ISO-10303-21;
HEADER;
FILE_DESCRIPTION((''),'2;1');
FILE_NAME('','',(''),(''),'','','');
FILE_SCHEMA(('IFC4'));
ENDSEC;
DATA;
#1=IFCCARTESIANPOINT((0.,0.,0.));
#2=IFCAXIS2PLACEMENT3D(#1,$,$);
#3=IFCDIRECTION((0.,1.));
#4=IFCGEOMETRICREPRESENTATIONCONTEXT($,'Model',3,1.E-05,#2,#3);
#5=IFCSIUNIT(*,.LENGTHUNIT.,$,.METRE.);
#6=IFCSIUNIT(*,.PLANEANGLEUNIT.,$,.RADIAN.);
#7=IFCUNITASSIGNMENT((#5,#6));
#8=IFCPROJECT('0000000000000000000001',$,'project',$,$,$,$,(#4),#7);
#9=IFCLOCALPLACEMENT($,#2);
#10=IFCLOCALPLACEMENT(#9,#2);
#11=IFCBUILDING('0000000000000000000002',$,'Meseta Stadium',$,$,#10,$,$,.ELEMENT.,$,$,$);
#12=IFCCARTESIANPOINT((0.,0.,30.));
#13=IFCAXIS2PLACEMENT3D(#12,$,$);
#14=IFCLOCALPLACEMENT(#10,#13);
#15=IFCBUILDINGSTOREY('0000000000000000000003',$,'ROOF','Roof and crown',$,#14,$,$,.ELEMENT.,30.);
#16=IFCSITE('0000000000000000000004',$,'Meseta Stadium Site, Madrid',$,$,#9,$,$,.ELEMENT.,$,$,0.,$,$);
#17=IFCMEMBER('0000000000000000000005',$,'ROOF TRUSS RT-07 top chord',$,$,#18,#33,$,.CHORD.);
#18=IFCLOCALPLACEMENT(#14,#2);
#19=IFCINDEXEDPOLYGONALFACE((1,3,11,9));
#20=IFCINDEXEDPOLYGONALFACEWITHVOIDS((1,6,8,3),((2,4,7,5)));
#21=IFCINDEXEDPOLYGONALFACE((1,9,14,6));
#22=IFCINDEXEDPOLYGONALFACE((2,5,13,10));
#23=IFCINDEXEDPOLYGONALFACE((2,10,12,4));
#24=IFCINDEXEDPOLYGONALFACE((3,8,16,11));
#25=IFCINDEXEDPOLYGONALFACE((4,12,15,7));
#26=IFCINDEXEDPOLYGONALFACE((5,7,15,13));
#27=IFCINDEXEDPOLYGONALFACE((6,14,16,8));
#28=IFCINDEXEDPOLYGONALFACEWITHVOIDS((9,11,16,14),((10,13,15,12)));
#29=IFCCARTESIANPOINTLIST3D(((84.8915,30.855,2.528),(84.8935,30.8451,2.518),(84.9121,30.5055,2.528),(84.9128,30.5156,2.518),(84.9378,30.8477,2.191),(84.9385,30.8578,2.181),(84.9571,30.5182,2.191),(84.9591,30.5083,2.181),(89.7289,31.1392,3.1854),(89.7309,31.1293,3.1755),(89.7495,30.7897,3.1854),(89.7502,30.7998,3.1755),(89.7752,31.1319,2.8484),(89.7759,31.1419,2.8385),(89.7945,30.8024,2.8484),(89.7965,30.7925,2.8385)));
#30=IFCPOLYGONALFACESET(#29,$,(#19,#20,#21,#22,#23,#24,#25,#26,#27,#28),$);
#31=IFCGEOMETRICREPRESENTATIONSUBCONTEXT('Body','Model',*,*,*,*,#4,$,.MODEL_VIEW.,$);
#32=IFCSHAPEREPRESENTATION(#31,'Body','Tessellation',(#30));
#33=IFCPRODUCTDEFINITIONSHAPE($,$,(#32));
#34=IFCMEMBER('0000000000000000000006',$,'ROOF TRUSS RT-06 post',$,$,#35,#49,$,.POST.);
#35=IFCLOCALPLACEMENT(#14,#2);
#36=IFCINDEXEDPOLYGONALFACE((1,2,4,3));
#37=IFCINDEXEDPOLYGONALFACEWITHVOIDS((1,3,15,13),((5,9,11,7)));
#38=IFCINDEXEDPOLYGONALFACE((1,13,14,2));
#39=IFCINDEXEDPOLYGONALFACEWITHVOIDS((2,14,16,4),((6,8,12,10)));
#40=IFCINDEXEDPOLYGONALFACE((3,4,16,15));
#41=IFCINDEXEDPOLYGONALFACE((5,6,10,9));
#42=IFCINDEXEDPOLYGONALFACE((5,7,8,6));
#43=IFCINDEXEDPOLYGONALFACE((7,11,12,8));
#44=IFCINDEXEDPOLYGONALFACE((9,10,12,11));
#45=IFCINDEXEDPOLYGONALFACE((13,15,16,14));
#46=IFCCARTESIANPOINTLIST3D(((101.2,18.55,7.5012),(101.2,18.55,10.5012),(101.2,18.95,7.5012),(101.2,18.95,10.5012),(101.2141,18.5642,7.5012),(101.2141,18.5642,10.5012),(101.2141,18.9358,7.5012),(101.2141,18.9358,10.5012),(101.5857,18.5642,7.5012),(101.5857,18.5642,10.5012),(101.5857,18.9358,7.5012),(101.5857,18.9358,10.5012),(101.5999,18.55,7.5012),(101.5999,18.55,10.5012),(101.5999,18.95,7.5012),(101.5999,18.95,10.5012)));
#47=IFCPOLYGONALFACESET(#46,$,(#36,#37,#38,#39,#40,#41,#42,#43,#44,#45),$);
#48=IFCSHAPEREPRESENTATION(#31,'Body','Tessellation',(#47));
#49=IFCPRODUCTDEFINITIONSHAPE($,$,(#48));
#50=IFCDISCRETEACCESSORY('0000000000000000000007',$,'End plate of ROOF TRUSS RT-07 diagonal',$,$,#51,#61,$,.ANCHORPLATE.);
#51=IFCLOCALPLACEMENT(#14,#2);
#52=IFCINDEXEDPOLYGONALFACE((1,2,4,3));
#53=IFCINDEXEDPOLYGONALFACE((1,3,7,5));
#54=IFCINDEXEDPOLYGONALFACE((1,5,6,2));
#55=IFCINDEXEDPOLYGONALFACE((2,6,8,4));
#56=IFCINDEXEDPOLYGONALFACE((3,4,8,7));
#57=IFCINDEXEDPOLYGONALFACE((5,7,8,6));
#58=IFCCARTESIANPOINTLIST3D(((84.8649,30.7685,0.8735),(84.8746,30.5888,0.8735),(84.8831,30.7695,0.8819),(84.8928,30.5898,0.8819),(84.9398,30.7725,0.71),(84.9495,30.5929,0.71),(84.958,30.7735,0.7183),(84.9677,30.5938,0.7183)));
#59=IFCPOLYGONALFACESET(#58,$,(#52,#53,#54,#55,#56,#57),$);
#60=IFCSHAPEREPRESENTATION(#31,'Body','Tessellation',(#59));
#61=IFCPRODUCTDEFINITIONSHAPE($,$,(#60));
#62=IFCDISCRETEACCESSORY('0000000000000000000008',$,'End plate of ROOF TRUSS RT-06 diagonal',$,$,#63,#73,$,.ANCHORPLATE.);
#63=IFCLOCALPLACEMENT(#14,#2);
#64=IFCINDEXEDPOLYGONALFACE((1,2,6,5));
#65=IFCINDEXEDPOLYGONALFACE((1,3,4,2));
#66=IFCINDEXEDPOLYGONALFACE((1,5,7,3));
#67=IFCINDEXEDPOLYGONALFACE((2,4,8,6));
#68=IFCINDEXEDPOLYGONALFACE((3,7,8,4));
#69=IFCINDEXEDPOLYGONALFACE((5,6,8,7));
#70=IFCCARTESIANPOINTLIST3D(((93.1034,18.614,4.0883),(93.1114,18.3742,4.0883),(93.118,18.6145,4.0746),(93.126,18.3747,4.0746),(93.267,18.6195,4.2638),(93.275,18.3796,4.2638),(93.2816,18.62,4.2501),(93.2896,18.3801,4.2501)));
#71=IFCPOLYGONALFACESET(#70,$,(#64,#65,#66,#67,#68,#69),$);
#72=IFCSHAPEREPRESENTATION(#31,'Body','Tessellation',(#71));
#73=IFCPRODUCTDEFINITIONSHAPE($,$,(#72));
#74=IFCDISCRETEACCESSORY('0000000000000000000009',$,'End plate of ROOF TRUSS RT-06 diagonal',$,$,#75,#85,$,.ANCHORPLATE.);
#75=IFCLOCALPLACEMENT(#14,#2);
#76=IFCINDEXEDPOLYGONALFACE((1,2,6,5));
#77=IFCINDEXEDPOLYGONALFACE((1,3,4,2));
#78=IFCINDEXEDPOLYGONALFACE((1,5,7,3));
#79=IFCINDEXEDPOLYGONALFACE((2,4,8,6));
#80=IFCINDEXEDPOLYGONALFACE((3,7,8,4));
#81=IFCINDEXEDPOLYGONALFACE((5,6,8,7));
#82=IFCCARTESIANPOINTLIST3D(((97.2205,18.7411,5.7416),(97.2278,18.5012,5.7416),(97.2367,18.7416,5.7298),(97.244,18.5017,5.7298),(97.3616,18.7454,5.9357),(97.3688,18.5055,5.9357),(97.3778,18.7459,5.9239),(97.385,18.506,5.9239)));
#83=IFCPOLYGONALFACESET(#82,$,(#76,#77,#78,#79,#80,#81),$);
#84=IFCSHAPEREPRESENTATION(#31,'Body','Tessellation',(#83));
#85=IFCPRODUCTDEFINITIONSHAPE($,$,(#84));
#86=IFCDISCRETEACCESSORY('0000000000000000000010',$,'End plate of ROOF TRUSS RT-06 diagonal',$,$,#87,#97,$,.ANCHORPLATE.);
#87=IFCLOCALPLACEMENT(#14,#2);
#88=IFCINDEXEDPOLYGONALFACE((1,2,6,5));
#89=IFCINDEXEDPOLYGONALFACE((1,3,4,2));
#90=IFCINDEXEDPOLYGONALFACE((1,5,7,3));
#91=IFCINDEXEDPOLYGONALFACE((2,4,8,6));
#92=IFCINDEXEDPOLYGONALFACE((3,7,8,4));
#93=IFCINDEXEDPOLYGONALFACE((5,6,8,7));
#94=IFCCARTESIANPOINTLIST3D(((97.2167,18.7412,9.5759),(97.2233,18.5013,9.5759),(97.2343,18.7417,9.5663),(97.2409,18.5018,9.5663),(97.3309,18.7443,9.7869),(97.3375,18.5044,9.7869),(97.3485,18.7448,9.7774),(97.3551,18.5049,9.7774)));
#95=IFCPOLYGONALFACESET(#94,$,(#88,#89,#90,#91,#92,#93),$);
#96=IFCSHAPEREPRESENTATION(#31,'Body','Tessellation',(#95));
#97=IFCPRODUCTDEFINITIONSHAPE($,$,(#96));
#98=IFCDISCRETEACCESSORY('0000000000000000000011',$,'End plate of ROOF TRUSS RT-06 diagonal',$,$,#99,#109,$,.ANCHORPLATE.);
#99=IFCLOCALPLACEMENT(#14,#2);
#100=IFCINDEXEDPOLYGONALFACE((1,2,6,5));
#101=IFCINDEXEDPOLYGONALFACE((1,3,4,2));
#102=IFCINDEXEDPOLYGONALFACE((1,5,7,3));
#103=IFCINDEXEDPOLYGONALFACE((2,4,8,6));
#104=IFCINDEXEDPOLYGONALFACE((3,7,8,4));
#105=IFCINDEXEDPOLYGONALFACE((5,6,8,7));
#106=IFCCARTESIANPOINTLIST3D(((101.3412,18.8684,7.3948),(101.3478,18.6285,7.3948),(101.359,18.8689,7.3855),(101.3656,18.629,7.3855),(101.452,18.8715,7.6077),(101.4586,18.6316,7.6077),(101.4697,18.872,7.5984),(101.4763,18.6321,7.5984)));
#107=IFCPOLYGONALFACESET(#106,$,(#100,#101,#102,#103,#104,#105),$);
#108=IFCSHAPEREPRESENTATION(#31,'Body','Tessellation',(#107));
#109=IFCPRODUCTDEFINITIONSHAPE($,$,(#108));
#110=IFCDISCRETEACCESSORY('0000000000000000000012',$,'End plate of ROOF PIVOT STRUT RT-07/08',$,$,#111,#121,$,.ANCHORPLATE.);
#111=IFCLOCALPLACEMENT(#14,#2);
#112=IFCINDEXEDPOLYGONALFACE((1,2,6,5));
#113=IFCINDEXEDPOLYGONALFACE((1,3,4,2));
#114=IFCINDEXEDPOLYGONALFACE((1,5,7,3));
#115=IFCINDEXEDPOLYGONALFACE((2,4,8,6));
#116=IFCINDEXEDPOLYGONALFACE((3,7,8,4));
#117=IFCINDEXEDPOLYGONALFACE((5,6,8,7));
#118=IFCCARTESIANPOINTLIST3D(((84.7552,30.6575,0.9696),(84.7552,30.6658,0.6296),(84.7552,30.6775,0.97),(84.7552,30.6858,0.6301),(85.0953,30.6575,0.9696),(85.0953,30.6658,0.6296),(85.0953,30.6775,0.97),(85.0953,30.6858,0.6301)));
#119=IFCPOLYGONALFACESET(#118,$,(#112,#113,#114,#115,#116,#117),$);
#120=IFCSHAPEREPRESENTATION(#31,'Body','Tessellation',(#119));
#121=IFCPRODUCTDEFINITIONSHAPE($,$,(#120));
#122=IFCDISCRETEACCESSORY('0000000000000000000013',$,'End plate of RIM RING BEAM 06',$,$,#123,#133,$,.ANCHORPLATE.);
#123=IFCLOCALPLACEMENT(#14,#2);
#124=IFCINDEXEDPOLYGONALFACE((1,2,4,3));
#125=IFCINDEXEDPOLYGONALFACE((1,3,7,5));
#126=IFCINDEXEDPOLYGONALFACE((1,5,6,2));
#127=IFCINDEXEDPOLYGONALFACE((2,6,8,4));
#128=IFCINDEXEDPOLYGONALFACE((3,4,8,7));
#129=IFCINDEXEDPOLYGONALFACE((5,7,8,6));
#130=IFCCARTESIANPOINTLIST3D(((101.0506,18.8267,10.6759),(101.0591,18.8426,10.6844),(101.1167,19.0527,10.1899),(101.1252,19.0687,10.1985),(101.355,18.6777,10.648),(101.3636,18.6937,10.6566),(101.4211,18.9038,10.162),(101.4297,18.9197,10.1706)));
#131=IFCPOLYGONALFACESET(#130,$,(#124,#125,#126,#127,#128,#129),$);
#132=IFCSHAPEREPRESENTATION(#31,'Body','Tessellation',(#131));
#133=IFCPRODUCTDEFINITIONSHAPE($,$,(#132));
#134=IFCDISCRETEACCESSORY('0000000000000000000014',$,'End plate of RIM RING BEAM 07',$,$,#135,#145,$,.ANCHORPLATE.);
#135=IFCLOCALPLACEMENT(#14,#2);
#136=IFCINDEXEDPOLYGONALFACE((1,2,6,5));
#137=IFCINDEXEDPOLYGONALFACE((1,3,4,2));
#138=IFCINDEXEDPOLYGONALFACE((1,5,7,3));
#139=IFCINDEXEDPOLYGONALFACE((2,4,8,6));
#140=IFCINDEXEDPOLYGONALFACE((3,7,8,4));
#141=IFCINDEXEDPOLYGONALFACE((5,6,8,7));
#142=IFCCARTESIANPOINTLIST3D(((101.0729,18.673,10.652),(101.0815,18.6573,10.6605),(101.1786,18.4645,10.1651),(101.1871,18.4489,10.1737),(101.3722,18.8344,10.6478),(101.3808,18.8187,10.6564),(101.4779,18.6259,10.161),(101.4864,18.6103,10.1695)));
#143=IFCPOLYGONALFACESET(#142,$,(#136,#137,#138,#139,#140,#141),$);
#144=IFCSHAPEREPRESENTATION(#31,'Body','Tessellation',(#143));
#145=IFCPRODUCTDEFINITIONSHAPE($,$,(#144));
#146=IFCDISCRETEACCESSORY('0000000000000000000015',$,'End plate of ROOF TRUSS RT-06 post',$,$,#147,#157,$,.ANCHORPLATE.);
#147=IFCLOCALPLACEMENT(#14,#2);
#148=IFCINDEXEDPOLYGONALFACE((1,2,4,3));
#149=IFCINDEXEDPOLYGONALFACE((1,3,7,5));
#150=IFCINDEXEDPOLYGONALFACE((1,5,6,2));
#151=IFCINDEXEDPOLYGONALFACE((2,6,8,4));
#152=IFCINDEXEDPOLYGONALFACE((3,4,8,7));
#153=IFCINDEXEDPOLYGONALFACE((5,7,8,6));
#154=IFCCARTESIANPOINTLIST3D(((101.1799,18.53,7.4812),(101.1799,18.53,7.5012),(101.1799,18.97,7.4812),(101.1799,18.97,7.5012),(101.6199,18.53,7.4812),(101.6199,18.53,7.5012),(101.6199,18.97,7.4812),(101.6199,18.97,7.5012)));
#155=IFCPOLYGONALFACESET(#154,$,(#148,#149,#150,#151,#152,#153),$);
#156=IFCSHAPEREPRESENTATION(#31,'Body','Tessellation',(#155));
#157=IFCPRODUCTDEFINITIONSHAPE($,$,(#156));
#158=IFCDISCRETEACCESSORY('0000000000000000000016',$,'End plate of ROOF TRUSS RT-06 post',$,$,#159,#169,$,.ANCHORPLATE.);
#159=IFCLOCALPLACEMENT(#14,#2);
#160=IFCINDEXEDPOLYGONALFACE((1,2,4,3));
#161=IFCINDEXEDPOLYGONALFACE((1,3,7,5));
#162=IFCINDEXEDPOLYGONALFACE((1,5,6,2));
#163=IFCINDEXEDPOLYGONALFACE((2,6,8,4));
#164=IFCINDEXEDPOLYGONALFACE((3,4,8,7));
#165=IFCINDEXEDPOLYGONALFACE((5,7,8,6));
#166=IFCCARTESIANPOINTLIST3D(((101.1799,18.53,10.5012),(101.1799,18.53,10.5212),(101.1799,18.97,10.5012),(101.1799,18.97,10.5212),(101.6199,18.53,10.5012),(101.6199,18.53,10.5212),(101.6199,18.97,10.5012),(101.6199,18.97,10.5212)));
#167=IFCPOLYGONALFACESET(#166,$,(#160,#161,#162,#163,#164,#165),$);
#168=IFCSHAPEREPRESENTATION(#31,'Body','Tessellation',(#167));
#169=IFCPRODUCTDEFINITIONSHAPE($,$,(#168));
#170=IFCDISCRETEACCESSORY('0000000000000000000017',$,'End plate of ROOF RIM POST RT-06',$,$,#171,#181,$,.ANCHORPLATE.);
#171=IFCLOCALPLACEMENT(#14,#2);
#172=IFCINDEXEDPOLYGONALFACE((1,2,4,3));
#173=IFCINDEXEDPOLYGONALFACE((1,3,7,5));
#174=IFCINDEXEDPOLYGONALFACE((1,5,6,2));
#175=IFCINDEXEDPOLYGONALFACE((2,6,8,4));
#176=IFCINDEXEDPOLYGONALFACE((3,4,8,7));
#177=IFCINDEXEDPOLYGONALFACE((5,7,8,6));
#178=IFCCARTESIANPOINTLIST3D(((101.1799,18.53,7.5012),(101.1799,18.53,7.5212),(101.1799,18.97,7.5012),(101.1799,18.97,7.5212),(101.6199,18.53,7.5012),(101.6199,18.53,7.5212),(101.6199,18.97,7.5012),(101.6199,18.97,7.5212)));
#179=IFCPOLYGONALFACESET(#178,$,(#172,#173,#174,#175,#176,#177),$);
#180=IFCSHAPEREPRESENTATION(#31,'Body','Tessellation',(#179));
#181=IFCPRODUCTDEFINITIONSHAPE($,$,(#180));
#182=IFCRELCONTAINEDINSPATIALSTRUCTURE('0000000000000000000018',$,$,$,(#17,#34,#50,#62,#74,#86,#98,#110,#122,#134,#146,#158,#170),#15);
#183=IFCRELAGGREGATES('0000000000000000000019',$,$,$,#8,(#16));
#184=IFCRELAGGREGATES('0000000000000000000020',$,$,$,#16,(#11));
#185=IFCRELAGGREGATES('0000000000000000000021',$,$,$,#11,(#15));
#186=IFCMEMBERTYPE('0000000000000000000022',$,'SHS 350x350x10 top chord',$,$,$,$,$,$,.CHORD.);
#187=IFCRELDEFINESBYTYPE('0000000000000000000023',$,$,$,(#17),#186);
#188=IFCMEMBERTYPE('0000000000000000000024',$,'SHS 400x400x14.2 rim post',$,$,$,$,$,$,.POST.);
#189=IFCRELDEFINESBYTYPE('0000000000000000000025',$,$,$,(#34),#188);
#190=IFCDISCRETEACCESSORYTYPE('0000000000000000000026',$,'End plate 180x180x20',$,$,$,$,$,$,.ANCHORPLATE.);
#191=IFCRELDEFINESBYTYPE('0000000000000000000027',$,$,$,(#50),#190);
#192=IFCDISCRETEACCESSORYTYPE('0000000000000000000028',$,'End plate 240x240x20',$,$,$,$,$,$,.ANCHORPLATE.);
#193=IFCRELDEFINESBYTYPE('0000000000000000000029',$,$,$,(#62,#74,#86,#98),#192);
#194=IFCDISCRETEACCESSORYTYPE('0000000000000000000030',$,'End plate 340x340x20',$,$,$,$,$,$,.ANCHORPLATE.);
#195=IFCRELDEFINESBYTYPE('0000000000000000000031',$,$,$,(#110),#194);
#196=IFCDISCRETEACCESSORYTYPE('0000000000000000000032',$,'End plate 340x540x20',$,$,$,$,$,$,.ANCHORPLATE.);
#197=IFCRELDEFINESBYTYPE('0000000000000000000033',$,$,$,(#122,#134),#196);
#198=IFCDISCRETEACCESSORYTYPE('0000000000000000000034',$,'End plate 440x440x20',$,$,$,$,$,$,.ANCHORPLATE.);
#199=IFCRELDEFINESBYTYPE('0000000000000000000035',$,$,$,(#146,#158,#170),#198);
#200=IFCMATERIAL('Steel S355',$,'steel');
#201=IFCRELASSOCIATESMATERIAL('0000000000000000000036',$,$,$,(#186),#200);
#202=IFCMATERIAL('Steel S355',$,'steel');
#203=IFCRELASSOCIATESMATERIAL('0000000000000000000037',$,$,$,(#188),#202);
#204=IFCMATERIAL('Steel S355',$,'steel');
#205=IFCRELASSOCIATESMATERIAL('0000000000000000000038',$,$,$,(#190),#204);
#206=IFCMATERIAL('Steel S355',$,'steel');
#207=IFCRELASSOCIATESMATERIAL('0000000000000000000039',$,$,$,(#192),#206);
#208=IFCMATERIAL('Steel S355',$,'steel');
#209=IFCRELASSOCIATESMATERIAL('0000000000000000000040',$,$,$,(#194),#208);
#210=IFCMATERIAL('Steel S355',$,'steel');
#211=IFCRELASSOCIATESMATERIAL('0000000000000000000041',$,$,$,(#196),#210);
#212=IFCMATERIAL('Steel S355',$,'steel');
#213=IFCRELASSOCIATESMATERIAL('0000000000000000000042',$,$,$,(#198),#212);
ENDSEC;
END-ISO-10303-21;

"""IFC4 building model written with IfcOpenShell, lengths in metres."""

from ifc_helpers import new_model, si_unit, direction, frame, origin, origin_2d, place, context, subcontext, project, spatial, rectangle, hollow_rectangle, extrude, material, material_profile, profile_set, type_object, element, save


model = new_model("IFC4")

# Units and contexts
model_context = context("Model", 3, precision=1e-05, world=origin(), true_north=direction((0.0, 1.0)))
body_context = subcontext(model_context, "Body", "Model", "MODEL_VIEW")
ifc_project = project(units=[si_unit("LENGTHUNIT", "METRE"), si_unit("PLANEANGLEUNIT", "RADIAN")], contexts=[model_context])

# Site, building, storey
site_placement = place(None, origin())
site = spatial("IfcSite", under=ifc_project, at=site_placement, Name="Meseta Stadium Site, Madrid", CompositionType="ELEMENT", RefElevation=0.0)
building_placement = place(site_placement, origin())
building = spatial("IfcBuilding", under=site, at=building_placement, Name="Meseta Stadium", CompositionType="ELEMENT")
storey_placement = place(building_placement, frame((0.0, 0.0, 30.0)))
storey = spatial("IfcBuildingStorey", under=building, at=storey_placement, Name="ROOF", Description="Roof and crown", CompositionType="ELEMENT", Elevation=30.0)

# Members
ifc_material_1 = material(Name="Steel S355", Category="steel")
ifc_material_profile_1 = material_profile(ifc_material_1, hollow_rectangle(XDim=0.3501, YDim=0.3501, WallThickness=0.01, at=origin_2d()), Name="SHS 350x350x10")
ifc_profile_set_1 = profile_set([ifc_material_profile_1], Name="Steel S355")
member_type_1 = type_object("IfcMemberType", Name="SHS 350x350x10 top chord", PredefinedType="CHORD", material=ifc_profile_set_1)
member_1_placement = place(storey_placement, frame((84.9253, 30.6816, 2.3545), z_axis=(0.989215, 0.058113, 0.134448), x_axis=(-0.058645, 0.998279, 0.0)))
element("IfcMember", 1, at=member_1_placement, inside=storey, type_object=member_type_1, Name="ROOF TRUSS RT-07 top chord", PredefinedType="CHORD", context=body_context, shape_type="SweptSolid", body=[
    extrude(hollow_rectangle(XDim=0.3501, YDim=0.3501, WallThickness=0.01, at=origin_2d()), origin(), (0.0, 0.0, 1.0), 4.8901),
])
ifc_material_2 = material(Name="Steel S355", Category="steel")
ifc_material_profile_2 = material_profile(ifc_material_2, hollow_rectangle(XDim=0.3999, YDim=0.3999, WallThickness=0.0142, at=origin_2d()), Name="SHS 400x400x14.2")
ifc_profile_set_2 = profile_set([ifc_material_profile_2], Name="Steel S355")
member_type_2 = type_object("IfcMemberType", Name="SHS 400x400x14.2 rim post", PredefinedType="POST", material=ifc_profile_set_2)
member_2_placement = place(storey_placement, frame((101.3999, 18.75, 7.5012), z_axis=(0.0, 0.0, 1.0), x_axis=(1.0, 0.0, 0.0)))
element("IfcMember", 2, at=member_2_placement, inside=storey, type_object=member_type_2, Name="ROOF TRUSS RT-06 post", PredefinedType="POST", context=body_context, shape_type="SweptSolid", body=[
    extrude(hollow_rectangle(XDim=0.3999, YDim=0.3999, WallThickness=0.0142, at=origin_2d()), origin(), (0.0, 0.0, 1.0), 3.0),
])

# Discrete accessories
ifc_material_3 = material(Name="Steel S355", Category="steel")
ifc_material_profile_3 = material_profile(ifc_material_3, rectangle(XDim=0.1799, YDim=0.1799, at=origin_2d()), Name="PL 180x180")
ifc_profile_set_3 = profile_set([ifc_material_profile_3], Name="Steel S355")
discrete_accessory_type_1 = type_object("IfcDiscreteAccessoryType", Name="End plate 180x180x20", PredefinedType="ANCHORPLATE", material=ifc_profile_set_3)
discrete_accessory_1_placement = place(storey_placement, frame((84.9072, 30.6807, 0.7917), z_axis=(0.907583, 0.049059, 0.416997), x_axis=(-0.053975, 0.998542, 0.0)))
element("IfcDiscreteAccessory", 3, at=discrete_accessory_1_placement, inside=storey, type_object=discrete_accessory_type_1, Name="End plate of ROOF TRUSS RT-07 diagonal", PredefinedType="ANCHORPLATE", context=body_context, shape_type="SweptSolid", body=[
    extrude(rectangle(XDim=0.1799, YDim=0.1799, at=origin_2d()), origin(), (0.0, 0.0, 1.0), 0.02),
])
ifc_material_4 = material(Name="Steel S355", Category="steel")
ifc_material_profile_4 = material_profile(ifc_material_4, rectangle(XDim=0.24, YDim=0.24, at=origin_2d()), Name="PL 240x240")
ifc_profile_set_4 = profile_set([ifc_material_profile_4], Name="Steel S355")
discrete_accessory_type_2 = type_object("IfcDiscreteAccessoryType", Name="End plate 240x240x20", PredefinedType="ANCHORPLATE", material=ifc_profile_set_4)
for number, where, z_axis, x_axis, name in (
    (4, (93.1892, 18.4968, 4.176), (0.730838, 0.024361, -0.682116), (-0.033315, 0.999445, 0.0), "End plate of ROOF TRUSS RT-06 diagonal"),
    (5, (97.2947, 18.6233, 5.8386), (0.808493, 0.0245, -0.587995), (-0.030289, 0.999541, 0.0), "End plate of ROOF TRUSS RT-06 diagonal"),
    (6, (97.2771, 18.6228, 9.6814), (0.87903, 0.024417, -0.476141), (-0.027767, 0.999614, 0.0), "End plate of ROOF TRUSS RT-06 diagonal"),
    (7, (101.3999, 18.75, 7.5012), (0.886756, 0.024295, -0.461599), (-0.027387, 0.999625, 0.0), "End plate of ROOF TRUSS RT-06 diagonal"),
):
    element("IfcDiscreteAccessory", number, at=place(storey_placement, frame(where, z_axis=z_axis, x_axis=x_axis)), inside=storey, type_object=discrete_accessory_type_2, Name=name, PredefinedType="ANCHORPLATE", context=body_context, shape_type="SweptSolid", body=[
        extrude(rectangle(XDim=0.24, YDim=0.24, at=origin_2d()), origin(), (0.0, 0.0, 1.0), 0.02),
    ])
ifc_material_5 = material(Name="Steel S355", Category="steel")
ifc_material_profile_5 = material_profile(ifc_material_5, rectangle(XDim=0.3401, YDim=0.3401, at=origin_2d()), Name="PL 340x340")
ifc_profile_set_5 = profile_set([ifc_material_profile_5], Name="Steel S355")
discrete_accessory_type_3 = type_object("IfcDiscreteAccessoryType", Name="End plate 340x340x20", PredefinedType="ANCHORPLATE", material=ifc_profile_set_5)
discrete_accessory_2_placement = place(storey_placement, frame((84.9253, 30.6616, 0.7996), z_axis=(0.0, 0.999703, 0.024383), x_axis=(-1.0, 0.0, 0.0)))
element("IfcDiscreteAccessory", 8, at=discrete_accessory_2_placement, inside=storey, type_object=discrete_accessory_type_3, Name="End plate of ROOF PIVOT STRUT RT-07/08", PredefinedType="ANCHORPLATE", context=body_context, shape_type="SweptSolid", body=[
    extrude(rectangle(XDim=0.3401, YDim=0.3401, at=origin_2d()), origin(), (0.0, 0.0, 1.0), 0.02),
])
ifc_material_6 = material(Name="Steel S355", Category="steel")
ifc_material_profile_6 = material_profile(ifc_material_6, rectangle(XDim=0.3401, YDim=0.54, at=origin_2d()), Name="PL 340x540")
ifc_profile_set_6 = profile_set([ifc_material_profile_6], Name="Steel S355")
discrete_accessory_type_4 = type_object("IfcDiscreteAccessoryType", Name="End plate 340x540x20", PredefinedType="ANCHORPLATE", material=ifc_profile_set_6)
discrete_accessory_3_placement = place(storey_placement, frame((101.2358, 18.8652, 10.4189), z_axis=(0.428393, 0.795587, 0.428393), x_axis=(-0.895267, 0.437923, 0.081982)))
element("IfcDiscreteAccessory", 9, at=discrete_accessory_3_placement, inside=storey, type_object=discrete_accessory_type_4, Name="End plate of RIM RING BEAM 06", PredefinedType="ANCHORPLATE", context=body_context, shape_type="SweptSolid", body=[
    extrude(rectangle(XDim=0.3401, YDim=0.54, at=origin_2d()), origin(), (0.0, 0.0, 1.0), 0.02),
])
discrete_accessory_4_placement = place(storey_placement, frame((101.2839, 18.6338, 10.415), z_axis=(-0.432594, 0.791028, -0.432594), x_axis=(-0.880105, -0.474622, 0.012225)))
element("IfcDiscreteAccessory", 10, at=discrete_accessory_4_placement, inside=storey, type_object=discrete_accessory_type_4, Name="End plate of RIM RING BEAM 07", PredefinedType="ANCHORPLATE", context=body_context, shape_type="SweptSolid", body=[
    extrude(rectangle(XDim=0.3401, YDim=0.54, at=origin_2d()), origin(), (0.0, 0.0, 1.0), 0.0198),
])
ifc_material_7 = material(Name="Steel S355", Category="steel")
ifc_material_profile_7 = material_profile(ifc_material_7, rectangle(XDim=0.4399, YDim=0.4399, at=origin_2d()), Name="PL 440x440")
ifc_profile_set_7 = profile_set([ifc_material_profile_7], Name="Steel S355")
discrete_accessory_type_5 = type_object("IfcDiscreteAccessoryType", Name="End plate 440x440x20", PredefinedType="ANCHORPLATE", material=ifc_profile_set_7)
for number, where, z_axis, x_axis, name in (
    (11, (101.3999, 18.75, 7.4812), (0.0, 0.0, 1.0), (1.0, 0.0, 0.0), "End plate of ROOF TRUSS RT-06 post"),
    (12, (101.3999, 18.75, 10.5012), (0.0, 0.0, 1.0), (1.0, 0.0, 0.0), "End plate of ROOF TRUSS RT-06 post"),
    (13, (101.3999, 18.75, 7.5012), (0.0, 0.0, 1.0), (1.0, 0.0, 0.0), "End plate of ROOF RIM POST RT-06"),
):
    element("IfcDiscreteAccessory", number, at=place(storey_placement, frame(where, z_axis=z_axis, x_axis=x_axis)), inside=storey, type_object=discrete_accessory_type_5, Name=name, PredefinedType="ANCHORPLATE", context=body_context, shape_type="SweptSolid", body=[
        extrude(rectangle(XDim=0.4399, YDim=0.4399, at=origin_2d()), origin(), (0.0, 0.0, 1.0), 0.02),
    ])

save(model, "model.ifc")
